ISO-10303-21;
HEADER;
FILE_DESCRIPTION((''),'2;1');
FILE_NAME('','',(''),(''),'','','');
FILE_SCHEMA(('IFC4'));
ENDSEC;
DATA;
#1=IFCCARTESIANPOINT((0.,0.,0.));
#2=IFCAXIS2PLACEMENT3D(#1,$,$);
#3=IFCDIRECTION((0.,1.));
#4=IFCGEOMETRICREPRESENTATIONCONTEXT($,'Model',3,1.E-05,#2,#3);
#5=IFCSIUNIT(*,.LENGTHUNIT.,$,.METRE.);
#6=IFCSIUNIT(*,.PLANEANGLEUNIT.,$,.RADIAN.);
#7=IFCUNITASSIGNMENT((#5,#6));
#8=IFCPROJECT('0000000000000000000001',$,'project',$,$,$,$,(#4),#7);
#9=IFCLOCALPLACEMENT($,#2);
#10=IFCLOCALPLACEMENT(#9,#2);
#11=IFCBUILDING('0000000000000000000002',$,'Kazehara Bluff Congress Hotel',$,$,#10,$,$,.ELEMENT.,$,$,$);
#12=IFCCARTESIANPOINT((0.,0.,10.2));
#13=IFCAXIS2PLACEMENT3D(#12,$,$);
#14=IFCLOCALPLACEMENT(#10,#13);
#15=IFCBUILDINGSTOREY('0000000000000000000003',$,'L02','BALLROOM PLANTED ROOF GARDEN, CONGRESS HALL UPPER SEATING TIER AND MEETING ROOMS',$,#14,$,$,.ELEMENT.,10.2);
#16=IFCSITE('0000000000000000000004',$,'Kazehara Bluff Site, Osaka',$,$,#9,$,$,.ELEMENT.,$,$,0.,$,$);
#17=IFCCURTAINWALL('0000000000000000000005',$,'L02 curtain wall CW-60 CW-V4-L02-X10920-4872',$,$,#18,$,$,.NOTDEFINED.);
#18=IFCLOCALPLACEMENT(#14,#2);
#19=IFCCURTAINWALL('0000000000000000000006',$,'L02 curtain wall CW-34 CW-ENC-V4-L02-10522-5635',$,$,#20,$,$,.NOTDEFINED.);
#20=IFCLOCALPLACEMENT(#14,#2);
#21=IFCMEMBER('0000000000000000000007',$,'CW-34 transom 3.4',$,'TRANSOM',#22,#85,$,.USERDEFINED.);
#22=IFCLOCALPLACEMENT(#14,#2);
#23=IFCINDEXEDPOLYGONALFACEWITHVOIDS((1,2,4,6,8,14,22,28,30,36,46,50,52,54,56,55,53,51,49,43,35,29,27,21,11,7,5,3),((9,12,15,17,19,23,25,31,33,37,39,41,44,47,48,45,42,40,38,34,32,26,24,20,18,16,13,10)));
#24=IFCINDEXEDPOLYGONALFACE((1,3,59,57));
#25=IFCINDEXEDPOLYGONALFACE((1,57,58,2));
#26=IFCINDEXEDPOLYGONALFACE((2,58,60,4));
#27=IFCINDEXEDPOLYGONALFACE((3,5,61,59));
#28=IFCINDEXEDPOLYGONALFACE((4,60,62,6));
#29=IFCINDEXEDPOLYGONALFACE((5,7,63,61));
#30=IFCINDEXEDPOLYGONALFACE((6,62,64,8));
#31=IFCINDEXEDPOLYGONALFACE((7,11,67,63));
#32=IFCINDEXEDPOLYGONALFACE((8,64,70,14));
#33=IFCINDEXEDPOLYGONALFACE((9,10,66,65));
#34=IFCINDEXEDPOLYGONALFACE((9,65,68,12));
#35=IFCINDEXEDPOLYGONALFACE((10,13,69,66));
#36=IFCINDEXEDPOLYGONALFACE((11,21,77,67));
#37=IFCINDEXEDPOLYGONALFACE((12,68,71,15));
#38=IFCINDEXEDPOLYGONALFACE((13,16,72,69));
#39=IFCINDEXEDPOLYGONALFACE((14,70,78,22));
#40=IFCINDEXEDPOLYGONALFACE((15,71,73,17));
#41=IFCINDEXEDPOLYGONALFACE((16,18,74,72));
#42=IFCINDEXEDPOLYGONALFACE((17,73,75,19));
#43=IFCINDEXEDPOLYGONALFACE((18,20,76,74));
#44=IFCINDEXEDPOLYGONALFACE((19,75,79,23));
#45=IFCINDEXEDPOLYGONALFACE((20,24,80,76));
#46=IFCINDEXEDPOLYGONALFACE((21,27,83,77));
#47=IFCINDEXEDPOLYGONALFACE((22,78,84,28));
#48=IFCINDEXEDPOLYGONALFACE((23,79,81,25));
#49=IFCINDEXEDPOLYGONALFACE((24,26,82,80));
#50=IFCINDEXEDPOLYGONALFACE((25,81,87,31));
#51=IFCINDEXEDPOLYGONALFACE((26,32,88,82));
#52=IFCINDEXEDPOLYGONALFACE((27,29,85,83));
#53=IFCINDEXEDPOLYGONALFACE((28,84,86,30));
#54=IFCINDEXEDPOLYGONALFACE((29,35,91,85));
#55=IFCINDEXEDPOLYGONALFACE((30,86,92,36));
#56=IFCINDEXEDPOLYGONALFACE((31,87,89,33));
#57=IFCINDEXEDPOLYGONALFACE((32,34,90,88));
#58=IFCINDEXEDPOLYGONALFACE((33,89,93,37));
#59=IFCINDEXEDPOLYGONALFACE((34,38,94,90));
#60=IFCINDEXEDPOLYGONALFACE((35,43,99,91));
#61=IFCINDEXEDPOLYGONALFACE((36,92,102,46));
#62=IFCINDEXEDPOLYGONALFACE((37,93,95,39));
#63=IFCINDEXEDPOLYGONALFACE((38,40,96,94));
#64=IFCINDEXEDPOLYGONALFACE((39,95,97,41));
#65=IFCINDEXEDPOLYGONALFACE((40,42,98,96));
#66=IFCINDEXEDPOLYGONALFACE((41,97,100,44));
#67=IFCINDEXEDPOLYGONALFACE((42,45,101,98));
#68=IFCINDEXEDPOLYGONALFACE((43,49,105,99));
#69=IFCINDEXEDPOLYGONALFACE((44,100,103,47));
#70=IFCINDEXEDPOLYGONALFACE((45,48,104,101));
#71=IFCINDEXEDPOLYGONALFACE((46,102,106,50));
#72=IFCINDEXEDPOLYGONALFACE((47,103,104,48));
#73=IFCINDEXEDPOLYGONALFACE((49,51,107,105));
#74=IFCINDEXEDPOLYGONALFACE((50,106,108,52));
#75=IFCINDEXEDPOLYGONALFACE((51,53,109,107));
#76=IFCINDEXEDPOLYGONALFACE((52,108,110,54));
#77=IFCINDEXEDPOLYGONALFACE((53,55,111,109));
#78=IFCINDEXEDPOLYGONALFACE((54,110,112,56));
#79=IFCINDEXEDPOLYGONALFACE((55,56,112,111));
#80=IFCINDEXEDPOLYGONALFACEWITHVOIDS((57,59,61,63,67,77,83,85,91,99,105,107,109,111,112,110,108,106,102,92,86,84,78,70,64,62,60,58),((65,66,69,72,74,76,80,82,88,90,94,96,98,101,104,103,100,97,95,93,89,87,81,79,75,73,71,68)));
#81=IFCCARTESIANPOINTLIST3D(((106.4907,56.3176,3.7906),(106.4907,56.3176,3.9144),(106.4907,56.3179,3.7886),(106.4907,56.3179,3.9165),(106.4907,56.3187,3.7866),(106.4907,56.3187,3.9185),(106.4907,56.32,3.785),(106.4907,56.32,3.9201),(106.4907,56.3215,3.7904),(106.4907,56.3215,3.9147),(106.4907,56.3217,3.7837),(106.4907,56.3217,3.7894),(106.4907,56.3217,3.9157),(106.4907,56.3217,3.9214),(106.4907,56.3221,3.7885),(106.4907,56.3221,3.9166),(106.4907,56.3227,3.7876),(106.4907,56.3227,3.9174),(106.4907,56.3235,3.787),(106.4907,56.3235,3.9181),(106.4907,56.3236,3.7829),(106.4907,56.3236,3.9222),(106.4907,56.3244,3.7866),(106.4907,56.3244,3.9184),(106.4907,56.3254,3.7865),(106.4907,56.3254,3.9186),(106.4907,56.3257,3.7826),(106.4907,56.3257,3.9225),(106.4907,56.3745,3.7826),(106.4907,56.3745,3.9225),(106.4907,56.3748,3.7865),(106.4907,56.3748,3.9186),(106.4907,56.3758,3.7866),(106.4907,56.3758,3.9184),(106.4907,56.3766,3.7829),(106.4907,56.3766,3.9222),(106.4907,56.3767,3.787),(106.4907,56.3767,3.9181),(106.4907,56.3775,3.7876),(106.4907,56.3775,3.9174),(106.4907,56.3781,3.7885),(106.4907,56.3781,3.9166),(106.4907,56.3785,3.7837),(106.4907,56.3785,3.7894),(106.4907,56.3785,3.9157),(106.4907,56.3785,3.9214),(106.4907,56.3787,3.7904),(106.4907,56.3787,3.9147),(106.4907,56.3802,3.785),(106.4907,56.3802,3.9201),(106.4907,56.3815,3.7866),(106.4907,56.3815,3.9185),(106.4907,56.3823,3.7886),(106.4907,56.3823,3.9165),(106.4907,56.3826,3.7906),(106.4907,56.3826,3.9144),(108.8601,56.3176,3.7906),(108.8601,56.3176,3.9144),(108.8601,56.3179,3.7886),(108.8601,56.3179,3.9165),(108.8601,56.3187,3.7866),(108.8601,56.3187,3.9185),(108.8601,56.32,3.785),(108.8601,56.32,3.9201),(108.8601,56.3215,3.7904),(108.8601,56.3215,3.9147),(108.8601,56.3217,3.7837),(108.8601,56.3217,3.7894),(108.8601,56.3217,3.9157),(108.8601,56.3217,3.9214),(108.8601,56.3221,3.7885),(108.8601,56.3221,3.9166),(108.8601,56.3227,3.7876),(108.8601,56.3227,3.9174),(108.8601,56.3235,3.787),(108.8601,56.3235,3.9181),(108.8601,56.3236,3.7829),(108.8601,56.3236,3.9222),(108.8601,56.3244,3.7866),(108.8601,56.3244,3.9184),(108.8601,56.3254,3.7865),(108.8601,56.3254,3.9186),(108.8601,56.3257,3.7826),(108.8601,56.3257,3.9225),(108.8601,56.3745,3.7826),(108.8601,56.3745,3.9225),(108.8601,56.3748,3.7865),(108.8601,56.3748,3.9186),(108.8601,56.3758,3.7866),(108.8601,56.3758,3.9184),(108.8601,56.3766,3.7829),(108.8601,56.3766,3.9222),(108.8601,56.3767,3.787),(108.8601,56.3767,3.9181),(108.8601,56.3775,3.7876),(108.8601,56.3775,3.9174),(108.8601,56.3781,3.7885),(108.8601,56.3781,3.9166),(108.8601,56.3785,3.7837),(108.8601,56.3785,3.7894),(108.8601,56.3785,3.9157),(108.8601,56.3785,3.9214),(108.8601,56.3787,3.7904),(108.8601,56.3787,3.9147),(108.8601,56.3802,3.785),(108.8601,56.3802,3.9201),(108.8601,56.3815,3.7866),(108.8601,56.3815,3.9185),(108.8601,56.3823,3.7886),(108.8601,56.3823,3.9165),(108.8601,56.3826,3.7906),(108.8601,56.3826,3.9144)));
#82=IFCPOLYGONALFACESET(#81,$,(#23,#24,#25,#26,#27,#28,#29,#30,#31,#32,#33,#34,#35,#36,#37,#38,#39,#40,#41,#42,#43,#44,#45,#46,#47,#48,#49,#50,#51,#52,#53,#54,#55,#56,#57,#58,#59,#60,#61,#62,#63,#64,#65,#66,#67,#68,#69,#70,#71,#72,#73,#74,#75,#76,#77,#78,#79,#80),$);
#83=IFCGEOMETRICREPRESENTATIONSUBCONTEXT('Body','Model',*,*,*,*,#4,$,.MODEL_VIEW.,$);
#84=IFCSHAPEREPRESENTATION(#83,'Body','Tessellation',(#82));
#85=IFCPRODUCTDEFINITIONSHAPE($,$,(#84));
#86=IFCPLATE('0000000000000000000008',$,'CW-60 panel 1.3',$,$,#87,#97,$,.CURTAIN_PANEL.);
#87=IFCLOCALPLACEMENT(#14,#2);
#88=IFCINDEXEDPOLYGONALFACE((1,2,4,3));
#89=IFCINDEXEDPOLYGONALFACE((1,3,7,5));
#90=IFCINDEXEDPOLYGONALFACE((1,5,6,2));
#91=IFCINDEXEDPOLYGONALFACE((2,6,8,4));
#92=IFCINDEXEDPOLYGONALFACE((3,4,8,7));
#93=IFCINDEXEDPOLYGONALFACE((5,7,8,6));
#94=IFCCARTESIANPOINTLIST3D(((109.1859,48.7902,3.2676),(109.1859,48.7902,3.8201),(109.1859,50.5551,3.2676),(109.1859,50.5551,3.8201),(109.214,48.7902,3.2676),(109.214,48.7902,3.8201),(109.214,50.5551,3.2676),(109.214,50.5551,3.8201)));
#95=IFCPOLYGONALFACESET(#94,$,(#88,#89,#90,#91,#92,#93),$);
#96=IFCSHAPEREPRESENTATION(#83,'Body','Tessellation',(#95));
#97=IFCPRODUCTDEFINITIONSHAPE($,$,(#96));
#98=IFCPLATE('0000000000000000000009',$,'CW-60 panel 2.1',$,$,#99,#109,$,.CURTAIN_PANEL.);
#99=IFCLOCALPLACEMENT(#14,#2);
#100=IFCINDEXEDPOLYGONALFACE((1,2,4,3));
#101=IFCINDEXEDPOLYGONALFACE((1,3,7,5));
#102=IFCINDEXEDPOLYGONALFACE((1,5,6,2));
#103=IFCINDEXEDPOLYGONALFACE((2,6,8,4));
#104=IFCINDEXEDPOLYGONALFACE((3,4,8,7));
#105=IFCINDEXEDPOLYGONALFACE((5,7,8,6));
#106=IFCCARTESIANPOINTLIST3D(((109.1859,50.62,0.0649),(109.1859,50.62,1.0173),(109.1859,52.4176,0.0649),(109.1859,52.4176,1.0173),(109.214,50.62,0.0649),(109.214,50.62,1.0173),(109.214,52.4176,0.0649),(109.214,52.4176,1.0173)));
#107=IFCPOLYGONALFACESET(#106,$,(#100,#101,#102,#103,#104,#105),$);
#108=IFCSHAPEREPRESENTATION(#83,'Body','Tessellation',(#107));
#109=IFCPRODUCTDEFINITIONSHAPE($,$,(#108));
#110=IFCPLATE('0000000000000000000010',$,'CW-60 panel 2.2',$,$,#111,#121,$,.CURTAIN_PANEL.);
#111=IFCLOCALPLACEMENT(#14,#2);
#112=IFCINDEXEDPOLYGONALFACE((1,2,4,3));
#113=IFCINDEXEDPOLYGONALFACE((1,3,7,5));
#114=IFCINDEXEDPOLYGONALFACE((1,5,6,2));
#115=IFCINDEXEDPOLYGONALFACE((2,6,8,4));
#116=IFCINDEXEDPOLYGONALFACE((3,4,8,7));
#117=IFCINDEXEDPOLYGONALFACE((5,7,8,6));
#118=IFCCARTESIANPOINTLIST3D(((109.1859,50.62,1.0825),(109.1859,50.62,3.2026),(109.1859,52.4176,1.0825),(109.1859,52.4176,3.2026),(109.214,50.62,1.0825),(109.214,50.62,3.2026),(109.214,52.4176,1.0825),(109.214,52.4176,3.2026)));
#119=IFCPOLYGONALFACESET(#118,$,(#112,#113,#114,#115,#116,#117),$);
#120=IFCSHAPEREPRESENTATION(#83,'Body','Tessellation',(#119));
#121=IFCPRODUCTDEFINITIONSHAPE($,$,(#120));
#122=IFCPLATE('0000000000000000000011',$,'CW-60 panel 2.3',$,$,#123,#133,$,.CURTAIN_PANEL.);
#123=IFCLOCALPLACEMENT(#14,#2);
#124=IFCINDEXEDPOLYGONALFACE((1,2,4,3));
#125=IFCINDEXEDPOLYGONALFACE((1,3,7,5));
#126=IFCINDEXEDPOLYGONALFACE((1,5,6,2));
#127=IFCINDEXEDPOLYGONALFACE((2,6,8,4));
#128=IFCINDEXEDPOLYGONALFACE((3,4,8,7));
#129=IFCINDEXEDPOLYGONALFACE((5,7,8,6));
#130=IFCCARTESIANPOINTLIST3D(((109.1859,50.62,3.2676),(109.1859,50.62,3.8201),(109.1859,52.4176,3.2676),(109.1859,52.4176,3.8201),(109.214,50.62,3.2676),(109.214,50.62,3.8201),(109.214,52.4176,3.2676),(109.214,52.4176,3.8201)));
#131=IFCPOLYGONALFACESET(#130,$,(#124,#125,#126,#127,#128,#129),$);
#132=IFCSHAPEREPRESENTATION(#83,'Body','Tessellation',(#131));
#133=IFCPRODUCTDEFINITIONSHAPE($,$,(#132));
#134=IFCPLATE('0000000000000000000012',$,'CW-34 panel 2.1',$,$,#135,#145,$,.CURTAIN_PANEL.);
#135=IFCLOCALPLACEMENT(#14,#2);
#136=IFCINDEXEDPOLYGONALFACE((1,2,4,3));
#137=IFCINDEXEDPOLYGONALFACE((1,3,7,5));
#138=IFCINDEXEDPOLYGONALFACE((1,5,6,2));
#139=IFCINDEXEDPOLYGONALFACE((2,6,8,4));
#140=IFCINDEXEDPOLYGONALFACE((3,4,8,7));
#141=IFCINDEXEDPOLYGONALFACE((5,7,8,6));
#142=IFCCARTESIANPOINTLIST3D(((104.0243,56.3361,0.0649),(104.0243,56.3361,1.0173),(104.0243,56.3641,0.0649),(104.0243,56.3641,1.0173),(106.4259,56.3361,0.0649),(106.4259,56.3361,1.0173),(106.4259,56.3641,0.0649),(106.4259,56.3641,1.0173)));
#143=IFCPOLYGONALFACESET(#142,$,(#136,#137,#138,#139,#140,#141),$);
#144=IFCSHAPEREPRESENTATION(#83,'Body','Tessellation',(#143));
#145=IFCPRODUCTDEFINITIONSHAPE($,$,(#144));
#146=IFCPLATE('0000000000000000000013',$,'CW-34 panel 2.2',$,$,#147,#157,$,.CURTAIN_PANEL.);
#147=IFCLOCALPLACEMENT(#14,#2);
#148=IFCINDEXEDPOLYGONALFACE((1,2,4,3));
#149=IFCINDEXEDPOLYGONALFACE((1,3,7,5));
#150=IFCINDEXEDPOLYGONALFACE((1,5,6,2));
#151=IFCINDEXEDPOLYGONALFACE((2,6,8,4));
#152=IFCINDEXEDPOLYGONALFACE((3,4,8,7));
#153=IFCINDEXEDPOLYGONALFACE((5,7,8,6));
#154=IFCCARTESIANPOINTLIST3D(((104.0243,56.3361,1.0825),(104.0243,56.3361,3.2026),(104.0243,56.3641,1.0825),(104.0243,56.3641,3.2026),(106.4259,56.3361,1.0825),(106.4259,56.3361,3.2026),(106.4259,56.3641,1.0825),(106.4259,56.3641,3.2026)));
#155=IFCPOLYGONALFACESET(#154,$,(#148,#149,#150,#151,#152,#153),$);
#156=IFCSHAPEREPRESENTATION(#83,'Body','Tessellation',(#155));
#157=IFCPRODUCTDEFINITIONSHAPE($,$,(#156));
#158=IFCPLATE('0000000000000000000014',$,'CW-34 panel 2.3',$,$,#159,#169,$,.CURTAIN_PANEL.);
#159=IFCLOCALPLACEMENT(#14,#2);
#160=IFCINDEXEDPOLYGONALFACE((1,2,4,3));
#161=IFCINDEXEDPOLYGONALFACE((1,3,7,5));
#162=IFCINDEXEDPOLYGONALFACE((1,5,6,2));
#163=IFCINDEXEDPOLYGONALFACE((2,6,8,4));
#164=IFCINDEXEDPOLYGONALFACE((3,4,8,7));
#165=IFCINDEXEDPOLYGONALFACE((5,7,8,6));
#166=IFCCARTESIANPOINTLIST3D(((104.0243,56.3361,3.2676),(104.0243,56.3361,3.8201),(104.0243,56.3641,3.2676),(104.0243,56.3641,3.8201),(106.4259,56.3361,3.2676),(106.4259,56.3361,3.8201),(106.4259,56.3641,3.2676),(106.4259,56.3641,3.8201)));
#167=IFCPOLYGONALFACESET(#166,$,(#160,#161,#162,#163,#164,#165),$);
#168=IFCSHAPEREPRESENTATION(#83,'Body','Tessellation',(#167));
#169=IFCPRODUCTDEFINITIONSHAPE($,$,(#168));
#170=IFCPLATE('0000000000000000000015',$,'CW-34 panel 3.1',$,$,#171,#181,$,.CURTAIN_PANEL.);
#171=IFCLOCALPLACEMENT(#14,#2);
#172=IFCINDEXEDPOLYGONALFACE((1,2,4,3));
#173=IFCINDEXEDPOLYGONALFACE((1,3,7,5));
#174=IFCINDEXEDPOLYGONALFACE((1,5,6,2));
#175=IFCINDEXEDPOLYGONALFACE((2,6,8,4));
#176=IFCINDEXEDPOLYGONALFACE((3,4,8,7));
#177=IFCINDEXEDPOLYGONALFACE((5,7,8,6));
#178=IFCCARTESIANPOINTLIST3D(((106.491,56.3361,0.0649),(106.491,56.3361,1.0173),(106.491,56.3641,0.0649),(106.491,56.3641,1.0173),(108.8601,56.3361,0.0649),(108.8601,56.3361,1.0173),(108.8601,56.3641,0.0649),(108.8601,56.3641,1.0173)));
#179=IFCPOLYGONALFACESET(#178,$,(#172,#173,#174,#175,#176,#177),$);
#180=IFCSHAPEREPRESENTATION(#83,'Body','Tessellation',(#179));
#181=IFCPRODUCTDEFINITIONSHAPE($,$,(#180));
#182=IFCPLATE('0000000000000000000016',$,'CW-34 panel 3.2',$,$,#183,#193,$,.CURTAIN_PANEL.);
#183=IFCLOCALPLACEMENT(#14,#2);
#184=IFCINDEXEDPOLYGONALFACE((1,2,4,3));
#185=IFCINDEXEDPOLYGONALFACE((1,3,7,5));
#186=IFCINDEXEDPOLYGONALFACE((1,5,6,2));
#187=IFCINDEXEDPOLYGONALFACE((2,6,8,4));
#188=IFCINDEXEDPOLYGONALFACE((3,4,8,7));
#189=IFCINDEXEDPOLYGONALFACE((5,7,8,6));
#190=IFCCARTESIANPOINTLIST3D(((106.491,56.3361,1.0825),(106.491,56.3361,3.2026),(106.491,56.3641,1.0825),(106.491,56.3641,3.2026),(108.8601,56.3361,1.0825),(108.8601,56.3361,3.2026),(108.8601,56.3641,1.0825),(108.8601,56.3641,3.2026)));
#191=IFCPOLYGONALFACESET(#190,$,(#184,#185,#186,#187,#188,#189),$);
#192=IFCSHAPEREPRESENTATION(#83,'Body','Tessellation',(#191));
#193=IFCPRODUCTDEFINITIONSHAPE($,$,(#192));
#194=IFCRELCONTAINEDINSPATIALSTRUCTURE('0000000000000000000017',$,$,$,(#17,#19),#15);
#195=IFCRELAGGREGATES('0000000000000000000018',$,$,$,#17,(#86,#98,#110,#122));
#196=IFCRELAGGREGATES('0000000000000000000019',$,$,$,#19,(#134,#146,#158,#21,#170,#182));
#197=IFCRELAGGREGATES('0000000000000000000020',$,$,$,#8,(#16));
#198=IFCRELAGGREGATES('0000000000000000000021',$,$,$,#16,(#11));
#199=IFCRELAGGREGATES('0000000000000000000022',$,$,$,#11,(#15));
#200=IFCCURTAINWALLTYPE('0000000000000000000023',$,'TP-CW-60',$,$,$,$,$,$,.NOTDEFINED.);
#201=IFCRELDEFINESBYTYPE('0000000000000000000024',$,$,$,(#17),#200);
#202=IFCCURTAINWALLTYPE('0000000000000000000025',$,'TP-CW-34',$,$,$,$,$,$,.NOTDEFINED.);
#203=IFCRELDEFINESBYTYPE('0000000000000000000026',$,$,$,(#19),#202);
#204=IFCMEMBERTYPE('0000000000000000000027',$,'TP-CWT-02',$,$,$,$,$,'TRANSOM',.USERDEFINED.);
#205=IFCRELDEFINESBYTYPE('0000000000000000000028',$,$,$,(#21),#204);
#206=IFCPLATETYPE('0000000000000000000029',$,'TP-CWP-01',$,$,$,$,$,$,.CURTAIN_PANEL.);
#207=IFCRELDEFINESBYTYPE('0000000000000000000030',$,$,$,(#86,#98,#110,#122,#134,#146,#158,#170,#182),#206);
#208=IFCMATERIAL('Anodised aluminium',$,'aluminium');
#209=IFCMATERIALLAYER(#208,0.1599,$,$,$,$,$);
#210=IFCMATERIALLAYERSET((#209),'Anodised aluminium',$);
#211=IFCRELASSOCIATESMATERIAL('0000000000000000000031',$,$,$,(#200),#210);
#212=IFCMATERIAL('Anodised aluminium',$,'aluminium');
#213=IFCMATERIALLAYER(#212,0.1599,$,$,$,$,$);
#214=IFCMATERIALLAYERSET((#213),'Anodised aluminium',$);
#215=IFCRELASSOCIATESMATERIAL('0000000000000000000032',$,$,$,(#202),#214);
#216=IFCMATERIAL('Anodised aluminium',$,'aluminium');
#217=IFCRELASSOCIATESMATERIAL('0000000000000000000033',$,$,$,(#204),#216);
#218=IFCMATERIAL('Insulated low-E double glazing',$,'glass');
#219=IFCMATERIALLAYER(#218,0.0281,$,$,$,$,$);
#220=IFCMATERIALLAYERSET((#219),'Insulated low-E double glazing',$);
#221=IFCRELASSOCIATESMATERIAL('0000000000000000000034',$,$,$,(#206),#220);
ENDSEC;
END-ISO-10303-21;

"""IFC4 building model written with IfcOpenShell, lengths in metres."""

from ifc_helpers import new_model, si_unit, direction, frame, origin, origin_2d, place, context, subcontext, project, spatial, rectangle, hollow_rectangle, extrude, material, layer, layer_set, material_profile, profile_set, type_object, element, aggregate, save


model = new_model("IFC4")

# Units and contexts
model_context = context("Model", 3, precision=1e-05, world=origin(), true_north=direction((0.0, 1.0)))
body_context = subcontext(model_context, "Body", "Model", "MODEL_VIEW")
ifc_project = project(units=[si_unit("LENGTHUNIT", "METRE"), si_unit("PLANEANGLEUNIT", "RADIAN")], contexts=[model_context])

# Site, building, storey
site_placement = place(None, origin())
site = spatial("IfcSite", under=ifc_project, at=site_placement, Name="Kazehara Bluff Site, Osaka", CompositionType="ELEMENT", RefElevation=0.0)
building_placement = place(site_placement, origin())
building = spatial("IfcBuilding", under=site, at=building_placement, Name="Kazehara Bluff Congress Hotel", CompositionType="ELEMENT")
storey_placement = place(building_placement, frame((0.0, 0.0, 10.2)))
storey = spatial("IfcBuildingStorey", under=building, at=storey_placement, Name="L02", Description="BALLROOM PLANTED ROOF GARDEN, CONGRESS HALL UPPER SEATING TIER AND MEETING ROOMS", CompositionType="ELEMENT", Elevation=10.2)

# Curtain walls
ifc_material_1 = material(Name="Anodised aluminium", Category="aluminium")
ifc_layer_1 = layer(ifc_material_1, 0.1599)
ifc_layer_set_1 = layer_set([ifc_layer_1], Name="Anodised aluminium")
curtain_wall_type_1 = type_object("IfcCurtainWallType", Name="TP-CW-60", PredefinedType="NOTDEFINED", material=ifc_layer_set_1)
curtain_wall_1_placement = place(storey_placement, origin())
curtain_wall_1 = element("IfcCurtainWall", 1, at=curtain_wall_1_placement, inside=storey, type_object=curtain_wall_type_1, Name="L02 curtain wall CW-60 CW-V4-L02-X10920-4872", PredefinedType="NOTDEFINED")
ifc_material_2 = material(Name="Anodised aluminium", Category="aluminium")
ifc_layer_2 = layer(ifc_material_2, 0.1599)
ifc_layer_set_2 = layer_set([ifc_layer_2], Name="Anodised aluminium")
curtain_wall_type_2 = type_object("IfcCurtainWallType", Name="TP-CW-34", PredefinedType="NOTDEFINED", material=ifc_layer_set_2)
curtain_wall_2_placement = place(storey_placement, origin())
curtain_wall_2 = element("IfcCurtainWall", 2, at=curtain_wall_2_placement, inside=storey, type_object=curtain_wall_type_2, Name="L02 curtain wall CW-34 CW-ENC-V4-L02-10522-5635", PredefinedType="NOTDEFINED")

# Member
ifc_material_3 = material(Name="Anodised aluminium", Category="aluminium")
ifc_material_profile_1 = material_profile(ifc_material_3, hollow_rectangle(XDim=0.0649, YDim=0.1399, WallThickness=0.0039, InnerFilletRadius=0.0039, OuterFilletRadius=0.0081, at=origin_2d()))
ifc_profile_set_1 = profile_set([ifc_material_profile_1], Name="Anodised aluminium")
member_type_1 = type_object("IfcMemberType", Name="TP-CWT-02", ElementType="TRANSOM", PredefinedType="USERDEFINED", material=ifc_profile_set_1)
member_1_placement = place(storey_placement, frame((106.4907, 56.3501, 3.8525), z_axis=(1.0, 0.0, 0.0), x_axis=(0.0, 1.0, 0.0)))
member_1 = element("IfcMember", 3, at=member_1_placement, type_object=member_type_1, Name="CW-34 transom 3.4", ObjectType="TRANSOM", PredefinedType="USERDEFINED", context=body_context, shape_type="SweptSolid", body=[
    extrude(hollow_rectangle(XDim=0.0649, YDim=0.1399, WallThickness=0.0039, InnerFilletRadius=0.0039, OuterFilletRadius=0.0081, at=origin_2d()), origin(), (0.0, 0.0, 1.0), 2.3694),
])

# Plates
ifc_material_4 = material(Name="Insulated low-E double glazing", Category="glass")
ifc_layer_3 = layer(ifc_material_4, 0.0281)
ifc_layer_set_3 = layer_set([ifc_layer_3], Name="Insulated low-E double glazing")
plate_type = type_object("IfcPlateType", Name="TP-CWP-01", PredefinedType="CURTAIN_PANEL", material=ifc_layer_set_3)
plate_1_placement = place(storey_placement, frame((109.2, 49.6726, 3.2676), z_axis=(0.0, 0.0, 1.0), x_axis=(0.0, 1.0, 0.0)))
plate_1 = element("IfcPlate", 4, at=plate_1_placement, type_object=plate_type, Name="CW-60 panel 1.3", PredefinedType="CURTAIN_PANEL", context=body_context, shape_type="SweptSolid", body=[
    extrude(rectangle(XDim=1.7649, YDim=0.0281, at=origin_2d()), origin(), (0.0, 0.0, 1.0), 0.5525),
])
plate_2_placement = place(storey_placement, frame((109.2, 51.5188, 0.0649), z_axis=(0.0, 0.0, 1.0), x_axis=(0.0, 1.0, 0.0)))
plate_2 = element("IfcPlate", 5, at=plate_2_placement, type_object=plate_type, Name="CW-60 panel 2.1", PredefinedType="CURTAIN_PANEL", context=body_context, shape_type="SweptSolid", body=[
    extrude(rectangle(XDim=1.7976, YDim=0.0281, at=origin_2d()), origin(), (0.0, 0.0, 1.0), 0.9524),
])
plate_3_placement = place(storey_placement, frame((109.2, 51.5188, 1.0825), z_axis=(0.0, 0.0, 1.0), x_axis=(0.0, 1.0, 0.0)))
plate_3 = element("IfcPlate", 6, at=plate_3_placement, type_object=plate_type, Name="CW-60 panel 2.2", PredefinedType="CURTAIN_PANEL", context=body_context, shape_type="SweptSolid", body=[
    extrude(rectangle(XDim=1.7976, YDim=0.0281, at=origin_2d()), origin(), (0.0, 0.0, 1.0), 2.1201),
])
plate_4_placement = place(storey_placement, frame((109.2, 51.5188, 3.2676), z_axis=(0.0, 0.0, 1.0), x_axis=(0.0, 1.0, 0.0)))
plate_4 = element("IfcPlate", 7, at=plate_4_placement, type_object=plate_type, Name="CW-60 panel 2.3", PredefinedType="CURTAIN_PANEL", context=body_context, shape_type="SweptSolid", body=[
    extrude(rectangle(XDim=1.7976, YDim=0.0281, at=origin_2d()), origin(), (0.0, 0.0, 1.0), 0.5525),
])
aggregate(curtain_wall_1, [plate_1, plate_2, plate_3, plate_4])
plate_5_placement = place(storey_placement, frame((105.2251, 56.3501, 0.0649), z_axis=(0.0, 0.0, 1.0), x_axis=(1.0, 0.0, 0.0)))
plate_5 = element("IfcPlate", 8, at=plate_5_placement, type_object=plate_type, Name="CW-34 panel 2.1", PredefinedType="CURTAIN_PANEL", context=body_context, shape_type="SweptSolid", body=[
    extrude(rectangle(XDim=2.4016, YDim=0.0281, at=origin_2d()), origin(), (0.0, 0.0, 1.0), 0.9524),
])
plate_6_placement = place(storey_placement, frame((105.2251, 56.3501, 1.0825), z_axis=(0.0, 0.0, 1.0), x_axis=(1.0, 0.0, 0.0)))
plate_6 = element("IfcPlate", 9, at=plate_6_placement, type_object=plate_type, Name="CW-34 panel 2.2", PredefinedType="CURTAIN_PANEL", context=body_context, shape_type="SweptSolid", body=[
    extrude(rectangle(XDim=2.4016, YDim=0.0281, at=origin_2d()), origin(), (0.0, 0.0, 1.0), 2.1201),
])
plate_7_placement = place(storey_placement, frame((105.2251, 56.3501, 3.2676), z_axis=(0.0, 0.0, 1.0), x_axis=(1.0, 0.0, 0.0)))
plate_7 = element("IfcPlate", 10, at=plate_7_placement, type_object=plate_type, Name="CW-34 panel 2.3", PredefinedType="CURTAIN_PANEL", context=body_context, shape_type="SweptSolid", body=[
    extrude(rectangle(XDim=2.4016, YDim=0.0281, at=origin_2d()), origin(), (0.0, 0.0, 1.0), 0.5525),
])
plate_8_placement = place(storey_placement, frame((107.6755, 56.3501, 0.0649), z_axis=(0.0, 0.0, 1.0), x_axis=(1.0, 0.0, 0.0)))
plate_8 = element("IfcPlate", 11, at=plate_8_placement, type_object=plate_type, Name="CW-34 panel 3.1", PredefinedType="CURTAIN_PANEL", context=body_context, shape_type="SweptSolid", body=[
    extrude(rectangle(XDim=2.3691, YDim=0.0281, at=origin_2d()), origin(), (0.0, 0.0, 1.0), 0.9524),
])
plate_9_placement = place(storey_placement, frame((107.6755, 56.3501, 1.0825), z_axis=(0.0, 0.0, 1.0), x_axis=(1.0, 0.0, 0.0)))
plate_9 = element("IfcPlate", 12, at=plate_9_placement, type_object=plate_type, Name="CW-34 panel 3.2", PredefinedType="CURTAIN_PANEL", context=body_context, shape_type="SweptSolid", body=[
    extrude(rectangle(XDim=2.3691, YDim=0.0281, at=origin_2d()), origin(), (0.0, 0.0, 1.0), 2.1201),
])
aggregate(curtain_wall_2, [plate_5, plate_6, plate_7, member_1, plate_8, plate_9])

save(model, "model.ifc")
